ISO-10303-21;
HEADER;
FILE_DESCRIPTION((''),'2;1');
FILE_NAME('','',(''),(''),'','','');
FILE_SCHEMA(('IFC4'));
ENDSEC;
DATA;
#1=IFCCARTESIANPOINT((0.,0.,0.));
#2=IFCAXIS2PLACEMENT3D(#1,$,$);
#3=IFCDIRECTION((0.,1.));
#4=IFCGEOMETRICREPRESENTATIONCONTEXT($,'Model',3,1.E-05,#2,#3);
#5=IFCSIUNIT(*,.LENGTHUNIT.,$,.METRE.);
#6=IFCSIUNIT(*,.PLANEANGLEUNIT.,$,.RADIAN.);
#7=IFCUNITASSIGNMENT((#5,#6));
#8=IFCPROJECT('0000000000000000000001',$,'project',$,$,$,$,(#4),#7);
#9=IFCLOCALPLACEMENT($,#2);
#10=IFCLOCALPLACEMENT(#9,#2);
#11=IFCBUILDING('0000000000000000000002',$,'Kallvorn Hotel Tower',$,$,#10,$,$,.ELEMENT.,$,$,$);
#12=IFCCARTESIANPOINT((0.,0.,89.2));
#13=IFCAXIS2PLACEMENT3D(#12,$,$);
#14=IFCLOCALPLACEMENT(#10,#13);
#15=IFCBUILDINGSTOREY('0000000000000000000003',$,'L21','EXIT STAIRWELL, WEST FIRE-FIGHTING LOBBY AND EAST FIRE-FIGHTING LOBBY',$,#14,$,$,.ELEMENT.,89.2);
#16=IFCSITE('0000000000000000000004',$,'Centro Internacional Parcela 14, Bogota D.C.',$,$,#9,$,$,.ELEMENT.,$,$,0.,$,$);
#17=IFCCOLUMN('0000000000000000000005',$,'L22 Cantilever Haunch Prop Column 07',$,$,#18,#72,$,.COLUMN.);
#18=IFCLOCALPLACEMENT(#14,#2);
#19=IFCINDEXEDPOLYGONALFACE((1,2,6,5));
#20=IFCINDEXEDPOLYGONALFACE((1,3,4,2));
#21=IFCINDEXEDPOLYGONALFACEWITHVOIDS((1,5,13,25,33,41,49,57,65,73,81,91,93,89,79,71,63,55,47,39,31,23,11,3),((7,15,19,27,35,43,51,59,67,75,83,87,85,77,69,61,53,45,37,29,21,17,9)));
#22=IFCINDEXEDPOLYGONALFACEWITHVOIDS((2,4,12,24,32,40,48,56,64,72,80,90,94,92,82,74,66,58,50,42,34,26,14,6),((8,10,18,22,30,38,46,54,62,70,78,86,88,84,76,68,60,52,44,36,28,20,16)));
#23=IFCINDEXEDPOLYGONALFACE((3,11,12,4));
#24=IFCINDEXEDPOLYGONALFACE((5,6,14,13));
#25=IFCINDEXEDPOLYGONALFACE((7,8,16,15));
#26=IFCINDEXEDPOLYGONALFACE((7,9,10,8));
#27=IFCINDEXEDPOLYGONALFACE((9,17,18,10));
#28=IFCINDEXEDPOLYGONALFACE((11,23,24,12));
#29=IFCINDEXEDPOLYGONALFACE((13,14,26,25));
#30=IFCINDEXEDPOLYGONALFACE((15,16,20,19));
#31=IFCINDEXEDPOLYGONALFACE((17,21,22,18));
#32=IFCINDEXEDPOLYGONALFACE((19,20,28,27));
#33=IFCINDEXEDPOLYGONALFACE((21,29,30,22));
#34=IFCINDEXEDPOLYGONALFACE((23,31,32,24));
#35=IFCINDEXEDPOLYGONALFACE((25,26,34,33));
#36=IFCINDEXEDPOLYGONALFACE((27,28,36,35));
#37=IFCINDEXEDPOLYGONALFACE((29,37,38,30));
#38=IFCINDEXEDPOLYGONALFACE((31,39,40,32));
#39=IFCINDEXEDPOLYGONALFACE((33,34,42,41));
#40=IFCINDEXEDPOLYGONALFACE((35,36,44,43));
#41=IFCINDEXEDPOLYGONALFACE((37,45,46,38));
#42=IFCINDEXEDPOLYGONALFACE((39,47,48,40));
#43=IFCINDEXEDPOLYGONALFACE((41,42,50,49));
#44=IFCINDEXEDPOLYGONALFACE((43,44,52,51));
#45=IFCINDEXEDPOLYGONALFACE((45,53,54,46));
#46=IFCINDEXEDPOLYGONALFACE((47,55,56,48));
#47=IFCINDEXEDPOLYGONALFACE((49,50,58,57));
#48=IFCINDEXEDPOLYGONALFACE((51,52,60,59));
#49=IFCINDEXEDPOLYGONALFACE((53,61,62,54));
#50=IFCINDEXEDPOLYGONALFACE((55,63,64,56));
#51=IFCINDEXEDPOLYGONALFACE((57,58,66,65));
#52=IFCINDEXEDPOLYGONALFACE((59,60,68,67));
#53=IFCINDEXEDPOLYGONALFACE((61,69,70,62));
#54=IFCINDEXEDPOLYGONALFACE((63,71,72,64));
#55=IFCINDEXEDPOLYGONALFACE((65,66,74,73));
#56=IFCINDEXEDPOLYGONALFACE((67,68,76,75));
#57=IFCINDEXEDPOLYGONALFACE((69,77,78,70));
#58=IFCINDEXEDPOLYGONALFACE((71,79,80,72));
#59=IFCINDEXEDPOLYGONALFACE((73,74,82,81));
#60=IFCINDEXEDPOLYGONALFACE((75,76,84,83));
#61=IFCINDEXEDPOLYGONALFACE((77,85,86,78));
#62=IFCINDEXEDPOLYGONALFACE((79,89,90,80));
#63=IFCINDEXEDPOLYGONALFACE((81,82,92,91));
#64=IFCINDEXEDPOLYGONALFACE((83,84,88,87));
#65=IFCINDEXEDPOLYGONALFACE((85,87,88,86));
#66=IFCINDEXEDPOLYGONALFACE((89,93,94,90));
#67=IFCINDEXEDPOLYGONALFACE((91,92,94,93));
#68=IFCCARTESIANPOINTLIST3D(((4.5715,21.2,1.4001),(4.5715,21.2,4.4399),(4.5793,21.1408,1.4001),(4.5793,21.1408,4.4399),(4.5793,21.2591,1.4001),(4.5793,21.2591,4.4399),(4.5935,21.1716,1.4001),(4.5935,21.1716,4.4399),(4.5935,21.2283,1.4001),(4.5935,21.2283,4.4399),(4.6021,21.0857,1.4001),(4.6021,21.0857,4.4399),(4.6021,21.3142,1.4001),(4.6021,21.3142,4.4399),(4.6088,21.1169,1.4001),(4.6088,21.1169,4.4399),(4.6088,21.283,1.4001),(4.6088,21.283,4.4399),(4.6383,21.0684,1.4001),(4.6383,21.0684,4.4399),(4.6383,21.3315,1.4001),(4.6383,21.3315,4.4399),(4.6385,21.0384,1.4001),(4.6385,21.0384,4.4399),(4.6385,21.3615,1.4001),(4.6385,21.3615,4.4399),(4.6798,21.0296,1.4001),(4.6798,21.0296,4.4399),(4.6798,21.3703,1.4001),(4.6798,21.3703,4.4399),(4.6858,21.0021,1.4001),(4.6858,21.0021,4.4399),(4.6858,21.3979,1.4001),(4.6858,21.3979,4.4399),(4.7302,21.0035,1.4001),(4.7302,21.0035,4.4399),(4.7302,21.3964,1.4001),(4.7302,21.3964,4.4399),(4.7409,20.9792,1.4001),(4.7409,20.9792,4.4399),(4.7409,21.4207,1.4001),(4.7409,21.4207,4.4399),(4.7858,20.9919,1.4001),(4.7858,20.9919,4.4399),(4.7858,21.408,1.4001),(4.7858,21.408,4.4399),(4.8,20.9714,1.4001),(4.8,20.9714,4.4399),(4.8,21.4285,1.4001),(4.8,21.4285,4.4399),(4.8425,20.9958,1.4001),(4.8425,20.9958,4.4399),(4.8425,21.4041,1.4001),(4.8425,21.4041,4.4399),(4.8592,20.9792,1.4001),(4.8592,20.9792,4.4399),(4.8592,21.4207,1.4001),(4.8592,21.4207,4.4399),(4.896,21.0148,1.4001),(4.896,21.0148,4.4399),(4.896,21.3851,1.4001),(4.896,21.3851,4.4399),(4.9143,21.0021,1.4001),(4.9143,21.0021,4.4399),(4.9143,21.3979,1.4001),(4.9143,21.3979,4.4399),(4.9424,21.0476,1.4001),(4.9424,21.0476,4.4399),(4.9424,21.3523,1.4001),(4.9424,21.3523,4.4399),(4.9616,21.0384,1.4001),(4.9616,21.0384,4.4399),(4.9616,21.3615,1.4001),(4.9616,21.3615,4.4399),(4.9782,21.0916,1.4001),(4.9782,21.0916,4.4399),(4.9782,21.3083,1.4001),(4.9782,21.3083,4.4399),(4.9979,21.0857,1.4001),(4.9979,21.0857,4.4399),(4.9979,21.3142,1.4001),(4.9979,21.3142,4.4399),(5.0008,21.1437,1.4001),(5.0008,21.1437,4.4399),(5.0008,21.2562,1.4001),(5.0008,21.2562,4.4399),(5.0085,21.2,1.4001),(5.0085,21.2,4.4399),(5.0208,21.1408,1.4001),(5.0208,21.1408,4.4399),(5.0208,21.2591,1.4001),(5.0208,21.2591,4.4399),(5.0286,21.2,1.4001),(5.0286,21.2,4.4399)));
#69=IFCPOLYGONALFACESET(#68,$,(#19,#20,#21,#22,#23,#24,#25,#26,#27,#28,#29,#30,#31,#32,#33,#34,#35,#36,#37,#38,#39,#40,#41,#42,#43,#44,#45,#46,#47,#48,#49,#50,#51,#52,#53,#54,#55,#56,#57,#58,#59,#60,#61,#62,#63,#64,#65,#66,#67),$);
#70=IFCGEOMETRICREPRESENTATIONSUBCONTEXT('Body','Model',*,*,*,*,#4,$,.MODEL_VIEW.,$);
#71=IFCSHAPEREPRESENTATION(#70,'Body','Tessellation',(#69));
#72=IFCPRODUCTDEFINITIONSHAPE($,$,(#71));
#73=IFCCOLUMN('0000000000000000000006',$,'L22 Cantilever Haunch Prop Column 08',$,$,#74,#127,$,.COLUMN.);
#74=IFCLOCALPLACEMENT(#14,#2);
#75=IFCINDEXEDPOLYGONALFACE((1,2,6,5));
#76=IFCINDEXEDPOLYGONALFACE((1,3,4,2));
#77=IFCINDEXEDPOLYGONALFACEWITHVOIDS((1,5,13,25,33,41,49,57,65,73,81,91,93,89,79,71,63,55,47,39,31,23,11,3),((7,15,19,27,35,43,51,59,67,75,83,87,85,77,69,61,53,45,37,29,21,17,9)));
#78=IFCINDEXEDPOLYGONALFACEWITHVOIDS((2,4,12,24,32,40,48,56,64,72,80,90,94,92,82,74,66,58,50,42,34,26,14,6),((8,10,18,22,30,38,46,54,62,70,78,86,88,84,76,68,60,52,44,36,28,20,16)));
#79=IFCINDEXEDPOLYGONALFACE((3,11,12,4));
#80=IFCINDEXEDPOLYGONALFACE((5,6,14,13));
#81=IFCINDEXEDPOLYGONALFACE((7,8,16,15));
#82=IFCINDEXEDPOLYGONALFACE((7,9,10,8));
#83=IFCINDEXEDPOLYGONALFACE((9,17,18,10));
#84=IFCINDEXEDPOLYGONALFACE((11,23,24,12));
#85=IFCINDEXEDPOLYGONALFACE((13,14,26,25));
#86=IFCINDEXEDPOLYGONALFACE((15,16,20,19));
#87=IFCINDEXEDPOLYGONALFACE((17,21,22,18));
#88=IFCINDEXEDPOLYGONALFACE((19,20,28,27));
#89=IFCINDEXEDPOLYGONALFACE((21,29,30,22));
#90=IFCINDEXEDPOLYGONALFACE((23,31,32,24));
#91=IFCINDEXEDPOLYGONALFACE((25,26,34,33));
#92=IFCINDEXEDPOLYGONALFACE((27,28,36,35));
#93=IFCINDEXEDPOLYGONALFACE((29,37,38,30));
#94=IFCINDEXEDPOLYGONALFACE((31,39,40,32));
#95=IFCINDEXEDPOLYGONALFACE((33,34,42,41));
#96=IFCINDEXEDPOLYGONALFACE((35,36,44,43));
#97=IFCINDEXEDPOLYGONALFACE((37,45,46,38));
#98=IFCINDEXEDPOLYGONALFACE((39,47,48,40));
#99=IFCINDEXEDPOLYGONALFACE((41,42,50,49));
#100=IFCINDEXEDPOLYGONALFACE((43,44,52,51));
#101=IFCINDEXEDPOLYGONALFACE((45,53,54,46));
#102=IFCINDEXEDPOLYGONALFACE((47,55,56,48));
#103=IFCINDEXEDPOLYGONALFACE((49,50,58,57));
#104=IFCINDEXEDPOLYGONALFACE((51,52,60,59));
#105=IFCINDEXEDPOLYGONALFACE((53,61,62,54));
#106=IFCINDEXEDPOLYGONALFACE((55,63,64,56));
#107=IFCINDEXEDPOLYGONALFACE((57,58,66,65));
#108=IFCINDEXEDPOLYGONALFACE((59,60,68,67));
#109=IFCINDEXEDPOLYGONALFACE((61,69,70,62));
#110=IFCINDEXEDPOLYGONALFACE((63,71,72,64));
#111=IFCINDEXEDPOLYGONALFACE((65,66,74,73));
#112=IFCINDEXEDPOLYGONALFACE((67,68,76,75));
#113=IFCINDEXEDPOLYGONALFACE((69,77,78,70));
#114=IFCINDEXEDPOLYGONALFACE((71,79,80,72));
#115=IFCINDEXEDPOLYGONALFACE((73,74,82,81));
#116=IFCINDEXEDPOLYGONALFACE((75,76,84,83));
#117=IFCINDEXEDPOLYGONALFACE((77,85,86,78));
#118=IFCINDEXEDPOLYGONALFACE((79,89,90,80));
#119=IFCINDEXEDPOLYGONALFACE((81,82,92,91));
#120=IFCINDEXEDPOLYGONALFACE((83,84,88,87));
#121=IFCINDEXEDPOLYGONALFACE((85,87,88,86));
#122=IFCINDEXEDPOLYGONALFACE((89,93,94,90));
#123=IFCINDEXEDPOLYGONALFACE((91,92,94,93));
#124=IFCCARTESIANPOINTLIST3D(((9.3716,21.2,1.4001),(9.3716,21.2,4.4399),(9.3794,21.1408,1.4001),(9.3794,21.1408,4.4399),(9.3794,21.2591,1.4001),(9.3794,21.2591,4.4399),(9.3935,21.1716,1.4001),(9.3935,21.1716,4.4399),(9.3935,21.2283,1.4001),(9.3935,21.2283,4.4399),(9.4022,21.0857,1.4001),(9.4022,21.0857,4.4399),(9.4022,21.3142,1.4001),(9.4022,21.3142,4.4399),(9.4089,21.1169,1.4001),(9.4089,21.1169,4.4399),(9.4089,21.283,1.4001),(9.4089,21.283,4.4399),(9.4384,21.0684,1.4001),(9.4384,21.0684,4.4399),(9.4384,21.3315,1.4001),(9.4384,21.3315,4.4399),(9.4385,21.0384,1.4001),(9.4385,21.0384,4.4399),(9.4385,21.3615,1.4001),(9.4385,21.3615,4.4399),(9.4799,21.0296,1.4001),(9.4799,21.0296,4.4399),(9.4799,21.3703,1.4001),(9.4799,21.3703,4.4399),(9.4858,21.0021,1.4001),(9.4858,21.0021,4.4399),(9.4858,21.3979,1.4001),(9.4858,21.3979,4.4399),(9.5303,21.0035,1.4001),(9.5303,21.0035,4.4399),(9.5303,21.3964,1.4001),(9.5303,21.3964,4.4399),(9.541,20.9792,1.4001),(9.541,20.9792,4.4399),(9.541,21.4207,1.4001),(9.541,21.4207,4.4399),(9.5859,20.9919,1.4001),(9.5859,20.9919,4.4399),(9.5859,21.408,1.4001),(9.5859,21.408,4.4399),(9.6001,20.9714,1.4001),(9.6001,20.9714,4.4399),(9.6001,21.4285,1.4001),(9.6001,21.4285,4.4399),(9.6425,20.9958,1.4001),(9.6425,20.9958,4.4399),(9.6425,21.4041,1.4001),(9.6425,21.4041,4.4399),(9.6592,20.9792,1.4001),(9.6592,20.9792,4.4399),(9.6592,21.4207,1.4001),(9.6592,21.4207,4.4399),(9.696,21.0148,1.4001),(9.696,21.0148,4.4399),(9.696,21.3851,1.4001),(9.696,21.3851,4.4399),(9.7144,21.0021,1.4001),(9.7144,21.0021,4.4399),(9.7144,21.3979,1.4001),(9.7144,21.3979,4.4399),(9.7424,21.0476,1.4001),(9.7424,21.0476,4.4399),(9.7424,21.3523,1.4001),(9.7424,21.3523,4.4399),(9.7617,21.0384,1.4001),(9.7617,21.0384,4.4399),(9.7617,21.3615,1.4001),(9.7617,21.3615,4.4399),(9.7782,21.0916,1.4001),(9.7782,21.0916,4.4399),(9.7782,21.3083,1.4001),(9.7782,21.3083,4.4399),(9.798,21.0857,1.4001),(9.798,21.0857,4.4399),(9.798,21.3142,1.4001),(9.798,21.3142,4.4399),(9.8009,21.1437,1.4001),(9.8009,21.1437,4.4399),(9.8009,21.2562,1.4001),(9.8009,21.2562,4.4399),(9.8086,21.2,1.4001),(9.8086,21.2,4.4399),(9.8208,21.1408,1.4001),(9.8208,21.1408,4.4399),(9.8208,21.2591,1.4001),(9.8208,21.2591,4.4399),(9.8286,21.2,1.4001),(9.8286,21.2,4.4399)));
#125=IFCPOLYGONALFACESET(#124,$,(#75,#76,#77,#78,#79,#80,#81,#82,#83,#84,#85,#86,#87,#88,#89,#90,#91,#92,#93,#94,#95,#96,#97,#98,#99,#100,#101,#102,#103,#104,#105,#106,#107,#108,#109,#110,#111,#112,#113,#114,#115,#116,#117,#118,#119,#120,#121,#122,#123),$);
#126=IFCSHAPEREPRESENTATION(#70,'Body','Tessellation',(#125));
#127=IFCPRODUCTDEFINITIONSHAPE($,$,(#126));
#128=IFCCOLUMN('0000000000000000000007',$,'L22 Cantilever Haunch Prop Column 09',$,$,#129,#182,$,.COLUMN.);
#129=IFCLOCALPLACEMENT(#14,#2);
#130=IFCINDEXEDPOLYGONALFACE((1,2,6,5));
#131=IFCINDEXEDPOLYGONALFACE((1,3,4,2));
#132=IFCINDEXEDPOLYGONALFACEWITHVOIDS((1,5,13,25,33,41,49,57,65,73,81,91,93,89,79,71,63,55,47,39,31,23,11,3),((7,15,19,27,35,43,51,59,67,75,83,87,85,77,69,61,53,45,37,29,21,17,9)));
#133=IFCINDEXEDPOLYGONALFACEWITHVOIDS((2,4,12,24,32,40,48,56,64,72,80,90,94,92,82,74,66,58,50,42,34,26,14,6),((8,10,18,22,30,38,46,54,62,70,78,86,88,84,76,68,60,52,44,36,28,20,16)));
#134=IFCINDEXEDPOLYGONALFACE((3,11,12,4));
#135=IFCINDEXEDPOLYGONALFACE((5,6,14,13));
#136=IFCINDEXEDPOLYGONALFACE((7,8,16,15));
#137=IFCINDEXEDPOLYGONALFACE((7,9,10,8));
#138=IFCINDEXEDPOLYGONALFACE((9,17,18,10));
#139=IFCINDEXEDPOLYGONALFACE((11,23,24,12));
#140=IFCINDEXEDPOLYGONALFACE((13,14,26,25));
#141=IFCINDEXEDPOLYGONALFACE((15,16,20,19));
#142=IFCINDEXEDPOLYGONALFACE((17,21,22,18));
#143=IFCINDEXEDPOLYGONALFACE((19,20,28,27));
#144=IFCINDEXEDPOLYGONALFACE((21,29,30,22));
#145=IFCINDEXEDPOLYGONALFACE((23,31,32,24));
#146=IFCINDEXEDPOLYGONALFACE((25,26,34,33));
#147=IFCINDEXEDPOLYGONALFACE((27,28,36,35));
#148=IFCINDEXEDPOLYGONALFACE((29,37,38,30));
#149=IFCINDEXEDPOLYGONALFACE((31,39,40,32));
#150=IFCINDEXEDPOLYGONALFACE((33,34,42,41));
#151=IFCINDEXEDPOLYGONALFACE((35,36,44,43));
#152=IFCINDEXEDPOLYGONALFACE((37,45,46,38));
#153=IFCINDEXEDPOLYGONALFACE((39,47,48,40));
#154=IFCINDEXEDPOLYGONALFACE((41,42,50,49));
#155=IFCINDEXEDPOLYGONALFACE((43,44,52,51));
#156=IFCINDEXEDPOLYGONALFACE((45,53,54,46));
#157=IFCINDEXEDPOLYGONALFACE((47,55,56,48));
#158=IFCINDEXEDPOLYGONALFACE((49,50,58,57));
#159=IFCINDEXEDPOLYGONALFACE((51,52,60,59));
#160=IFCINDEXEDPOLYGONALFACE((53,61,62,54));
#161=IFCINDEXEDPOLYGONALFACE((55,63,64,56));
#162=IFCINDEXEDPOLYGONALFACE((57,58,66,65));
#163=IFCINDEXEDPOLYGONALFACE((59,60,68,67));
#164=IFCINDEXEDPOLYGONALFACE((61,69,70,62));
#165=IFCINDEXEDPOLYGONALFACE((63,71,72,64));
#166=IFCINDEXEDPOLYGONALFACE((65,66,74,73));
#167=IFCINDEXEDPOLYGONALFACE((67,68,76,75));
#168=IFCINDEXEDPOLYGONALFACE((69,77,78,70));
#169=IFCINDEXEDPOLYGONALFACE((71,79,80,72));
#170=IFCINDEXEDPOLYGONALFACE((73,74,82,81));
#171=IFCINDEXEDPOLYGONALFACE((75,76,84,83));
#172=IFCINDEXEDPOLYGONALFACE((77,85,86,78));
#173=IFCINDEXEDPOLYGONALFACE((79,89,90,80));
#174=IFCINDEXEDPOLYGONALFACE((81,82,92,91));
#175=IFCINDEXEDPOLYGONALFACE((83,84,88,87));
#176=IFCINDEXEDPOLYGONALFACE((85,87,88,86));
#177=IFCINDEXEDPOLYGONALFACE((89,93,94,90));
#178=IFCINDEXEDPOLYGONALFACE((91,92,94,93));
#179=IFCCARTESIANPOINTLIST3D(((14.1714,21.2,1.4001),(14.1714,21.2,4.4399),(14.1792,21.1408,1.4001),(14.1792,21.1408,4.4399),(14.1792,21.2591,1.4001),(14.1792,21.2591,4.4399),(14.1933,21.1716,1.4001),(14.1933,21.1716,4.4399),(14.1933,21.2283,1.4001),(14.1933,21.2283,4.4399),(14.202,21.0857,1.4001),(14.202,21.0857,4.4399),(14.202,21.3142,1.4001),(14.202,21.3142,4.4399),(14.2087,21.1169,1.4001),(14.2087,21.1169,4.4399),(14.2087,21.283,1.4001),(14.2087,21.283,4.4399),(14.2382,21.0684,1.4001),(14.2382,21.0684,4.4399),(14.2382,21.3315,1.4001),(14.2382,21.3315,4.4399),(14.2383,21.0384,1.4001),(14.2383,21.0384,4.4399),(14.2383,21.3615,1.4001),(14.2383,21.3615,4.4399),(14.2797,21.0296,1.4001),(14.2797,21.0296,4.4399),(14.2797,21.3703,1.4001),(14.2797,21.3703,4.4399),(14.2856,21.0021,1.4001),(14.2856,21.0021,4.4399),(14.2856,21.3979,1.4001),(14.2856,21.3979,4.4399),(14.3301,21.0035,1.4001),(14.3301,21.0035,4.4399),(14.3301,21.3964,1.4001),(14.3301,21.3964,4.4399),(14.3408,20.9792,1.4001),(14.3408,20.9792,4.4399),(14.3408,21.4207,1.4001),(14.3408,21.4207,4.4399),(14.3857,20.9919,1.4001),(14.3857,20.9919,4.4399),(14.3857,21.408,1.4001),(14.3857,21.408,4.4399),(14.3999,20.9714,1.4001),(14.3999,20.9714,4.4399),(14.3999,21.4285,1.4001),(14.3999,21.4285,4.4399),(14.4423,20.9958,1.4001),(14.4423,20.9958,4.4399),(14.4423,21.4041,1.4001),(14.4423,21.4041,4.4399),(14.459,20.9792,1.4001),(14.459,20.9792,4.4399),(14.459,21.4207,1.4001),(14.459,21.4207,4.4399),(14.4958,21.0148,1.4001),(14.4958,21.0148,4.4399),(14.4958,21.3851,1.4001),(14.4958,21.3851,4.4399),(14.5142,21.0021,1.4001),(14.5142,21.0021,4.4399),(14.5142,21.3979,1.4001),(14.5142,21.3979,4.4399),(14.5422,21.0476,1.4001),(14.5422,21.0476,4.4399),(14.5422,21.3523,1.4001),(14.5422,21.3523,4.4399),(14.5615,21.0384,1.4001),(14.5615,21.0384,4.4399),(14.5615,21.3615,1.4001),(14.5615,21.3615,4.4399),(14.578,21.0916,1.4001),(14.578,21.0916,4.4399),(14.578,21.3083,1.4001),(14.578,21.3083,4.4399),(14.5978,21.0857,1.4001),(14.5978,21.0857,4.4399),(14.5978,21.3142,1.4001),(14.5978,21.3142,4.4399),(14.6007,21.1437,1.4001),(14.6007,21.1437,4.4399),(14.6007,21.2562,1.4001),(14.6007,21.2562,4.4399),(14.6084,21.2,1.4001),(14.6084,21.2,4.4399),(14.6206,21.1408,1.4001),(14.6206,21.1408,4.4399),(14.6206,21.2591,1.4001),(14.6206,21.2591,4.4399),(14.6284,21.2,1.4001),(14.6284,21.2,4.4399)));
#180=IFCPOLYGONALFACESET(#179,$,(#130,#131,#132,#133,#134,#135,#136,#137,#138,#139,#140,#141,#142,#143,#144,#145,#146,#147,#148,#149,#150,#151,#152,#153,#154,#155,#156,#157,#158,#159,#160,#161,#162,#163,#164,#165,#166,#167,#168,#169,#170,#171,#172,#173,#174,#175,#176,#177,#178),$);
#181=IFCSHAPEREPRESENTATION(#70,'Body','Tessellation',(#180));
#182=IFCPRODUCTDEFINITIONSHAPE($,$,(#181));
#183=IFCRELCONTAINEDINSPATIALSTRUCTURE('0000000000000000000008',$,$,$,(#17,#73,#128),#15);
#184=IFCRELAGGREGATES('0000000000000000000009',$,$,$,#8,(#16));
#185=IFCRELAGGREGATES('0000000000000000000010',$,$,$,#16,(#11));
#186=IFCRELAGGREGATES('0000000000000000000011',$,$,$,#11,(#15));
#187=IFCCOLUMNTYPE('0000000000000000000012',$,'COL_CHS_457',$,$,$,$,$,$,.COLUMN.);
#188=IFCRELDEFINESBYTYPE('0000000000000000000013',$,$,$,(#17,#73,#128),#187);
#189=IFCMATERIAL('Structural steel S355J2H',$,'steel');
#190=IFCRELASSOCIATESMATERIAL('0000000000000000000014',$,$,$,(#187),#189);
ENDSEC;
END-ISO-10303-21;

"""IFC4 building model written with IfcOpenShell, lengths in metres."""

from ifc_helpers import new_model, si_unit, direction, frame, origin, origin_2d, place, context, subcontext, project, spatial, hollow_circle, extrude, material, material_profile, profile_set, type_object, element, save


model = new_model("IFC4")

# Units and contexts
model_context = context("Model", 3, precision=1e-05, world=origin(), true_north=direction((0.0, 1.0)))
body_context = subcontext(model_context, "Body", "Model", "MODEL_VIEW")
ifc_project = project(units=[si_unit("LENGTHUNIT", "METRE"), si_unit("PLANEANGLEUNIT", "RADIAN")], contexts=[model_context])

# Site, building, storey
site_placement = place(None, origin())
site = spatial("IfcSite", under=ifc_project, at=site_placement, Name="Centro Internacional Parcela 14, Bogota D.C.", CompositionType="ELEMENT", RefElevation=0.0)
building_placement = place(site_placement, origin())
building = spatial("IfcBuilding", under=site, at=building_placement, Name="Kallvorn Hotel Tower", CompositionType="ELEMENT")
storey_placement = place(building_placement, frame((0.0, 0.0, 89.2)))
storey = spatial("IfcBuildingStorey", under=building, at=storey_placement, Name="L21", Description="EXIT STAIRWELL, WEST FIRE-FIGHTING LOBBY AND EAST FIRE-FIGHTING LOBBY", CompositionType="ELEMENT", Elevation=89.2)

# Columns
ifc_material_1 = material(Name="Structural steel S355J2H", Category="steel")
ifc_material_profile_1 = material_profile(ifc_material_1, hollow_circle(Radius=0.2285, WallThickness=0.02, at=origin_2d()), Name="CHS 457x20")
ifc_profile_set_1 = profile_set([ifc_material_profile_1], Name="Structural steel S355J2H")
column_type_1 = type_object("IfcColumnType", Name="COL_CHS_457", PredefinedType="COLUMN", material=ifc_profile_set_1)
for number, where, z_axis, x_axis, name in (
    (1, (4.8, 21.2, 1.4001), (0.0, 0.0, 1.0), (1.0, 0.0, 0.0), "L22 Cantilever Haunch Prop Column 07"),
    (2, (9.6001, 21.2, 1.4001), (0.0, 0.0, 1.0), (1.0, 0.0, 0.0), "L22 Cantilever Haunch Prop Column 08"),
    (3, (14.3999, 21.2, 1.4001), (0.0, 0.0, 1.0), (1.0, 0.0, 0.0), "L22 Cantilever Haunch Prop Column 09"),
):
    element("IfcColumn", number, at=place(storey_placement, frame(where, z_axis=z_axis, x_axis=x_axis)), inside=storey, type_object=column_type_1, Name=name, PredefinedType="COLUMN", context=body_context, shape_type="SweptSolid", body=[
        extrude(hollow_circle(Radius=0.2285, WallThickness=0.02, at=origin_2d()), origin(), (0.0, 0.0, 1.0), 3.0398),
    ])

save(model, "model.ifc")
